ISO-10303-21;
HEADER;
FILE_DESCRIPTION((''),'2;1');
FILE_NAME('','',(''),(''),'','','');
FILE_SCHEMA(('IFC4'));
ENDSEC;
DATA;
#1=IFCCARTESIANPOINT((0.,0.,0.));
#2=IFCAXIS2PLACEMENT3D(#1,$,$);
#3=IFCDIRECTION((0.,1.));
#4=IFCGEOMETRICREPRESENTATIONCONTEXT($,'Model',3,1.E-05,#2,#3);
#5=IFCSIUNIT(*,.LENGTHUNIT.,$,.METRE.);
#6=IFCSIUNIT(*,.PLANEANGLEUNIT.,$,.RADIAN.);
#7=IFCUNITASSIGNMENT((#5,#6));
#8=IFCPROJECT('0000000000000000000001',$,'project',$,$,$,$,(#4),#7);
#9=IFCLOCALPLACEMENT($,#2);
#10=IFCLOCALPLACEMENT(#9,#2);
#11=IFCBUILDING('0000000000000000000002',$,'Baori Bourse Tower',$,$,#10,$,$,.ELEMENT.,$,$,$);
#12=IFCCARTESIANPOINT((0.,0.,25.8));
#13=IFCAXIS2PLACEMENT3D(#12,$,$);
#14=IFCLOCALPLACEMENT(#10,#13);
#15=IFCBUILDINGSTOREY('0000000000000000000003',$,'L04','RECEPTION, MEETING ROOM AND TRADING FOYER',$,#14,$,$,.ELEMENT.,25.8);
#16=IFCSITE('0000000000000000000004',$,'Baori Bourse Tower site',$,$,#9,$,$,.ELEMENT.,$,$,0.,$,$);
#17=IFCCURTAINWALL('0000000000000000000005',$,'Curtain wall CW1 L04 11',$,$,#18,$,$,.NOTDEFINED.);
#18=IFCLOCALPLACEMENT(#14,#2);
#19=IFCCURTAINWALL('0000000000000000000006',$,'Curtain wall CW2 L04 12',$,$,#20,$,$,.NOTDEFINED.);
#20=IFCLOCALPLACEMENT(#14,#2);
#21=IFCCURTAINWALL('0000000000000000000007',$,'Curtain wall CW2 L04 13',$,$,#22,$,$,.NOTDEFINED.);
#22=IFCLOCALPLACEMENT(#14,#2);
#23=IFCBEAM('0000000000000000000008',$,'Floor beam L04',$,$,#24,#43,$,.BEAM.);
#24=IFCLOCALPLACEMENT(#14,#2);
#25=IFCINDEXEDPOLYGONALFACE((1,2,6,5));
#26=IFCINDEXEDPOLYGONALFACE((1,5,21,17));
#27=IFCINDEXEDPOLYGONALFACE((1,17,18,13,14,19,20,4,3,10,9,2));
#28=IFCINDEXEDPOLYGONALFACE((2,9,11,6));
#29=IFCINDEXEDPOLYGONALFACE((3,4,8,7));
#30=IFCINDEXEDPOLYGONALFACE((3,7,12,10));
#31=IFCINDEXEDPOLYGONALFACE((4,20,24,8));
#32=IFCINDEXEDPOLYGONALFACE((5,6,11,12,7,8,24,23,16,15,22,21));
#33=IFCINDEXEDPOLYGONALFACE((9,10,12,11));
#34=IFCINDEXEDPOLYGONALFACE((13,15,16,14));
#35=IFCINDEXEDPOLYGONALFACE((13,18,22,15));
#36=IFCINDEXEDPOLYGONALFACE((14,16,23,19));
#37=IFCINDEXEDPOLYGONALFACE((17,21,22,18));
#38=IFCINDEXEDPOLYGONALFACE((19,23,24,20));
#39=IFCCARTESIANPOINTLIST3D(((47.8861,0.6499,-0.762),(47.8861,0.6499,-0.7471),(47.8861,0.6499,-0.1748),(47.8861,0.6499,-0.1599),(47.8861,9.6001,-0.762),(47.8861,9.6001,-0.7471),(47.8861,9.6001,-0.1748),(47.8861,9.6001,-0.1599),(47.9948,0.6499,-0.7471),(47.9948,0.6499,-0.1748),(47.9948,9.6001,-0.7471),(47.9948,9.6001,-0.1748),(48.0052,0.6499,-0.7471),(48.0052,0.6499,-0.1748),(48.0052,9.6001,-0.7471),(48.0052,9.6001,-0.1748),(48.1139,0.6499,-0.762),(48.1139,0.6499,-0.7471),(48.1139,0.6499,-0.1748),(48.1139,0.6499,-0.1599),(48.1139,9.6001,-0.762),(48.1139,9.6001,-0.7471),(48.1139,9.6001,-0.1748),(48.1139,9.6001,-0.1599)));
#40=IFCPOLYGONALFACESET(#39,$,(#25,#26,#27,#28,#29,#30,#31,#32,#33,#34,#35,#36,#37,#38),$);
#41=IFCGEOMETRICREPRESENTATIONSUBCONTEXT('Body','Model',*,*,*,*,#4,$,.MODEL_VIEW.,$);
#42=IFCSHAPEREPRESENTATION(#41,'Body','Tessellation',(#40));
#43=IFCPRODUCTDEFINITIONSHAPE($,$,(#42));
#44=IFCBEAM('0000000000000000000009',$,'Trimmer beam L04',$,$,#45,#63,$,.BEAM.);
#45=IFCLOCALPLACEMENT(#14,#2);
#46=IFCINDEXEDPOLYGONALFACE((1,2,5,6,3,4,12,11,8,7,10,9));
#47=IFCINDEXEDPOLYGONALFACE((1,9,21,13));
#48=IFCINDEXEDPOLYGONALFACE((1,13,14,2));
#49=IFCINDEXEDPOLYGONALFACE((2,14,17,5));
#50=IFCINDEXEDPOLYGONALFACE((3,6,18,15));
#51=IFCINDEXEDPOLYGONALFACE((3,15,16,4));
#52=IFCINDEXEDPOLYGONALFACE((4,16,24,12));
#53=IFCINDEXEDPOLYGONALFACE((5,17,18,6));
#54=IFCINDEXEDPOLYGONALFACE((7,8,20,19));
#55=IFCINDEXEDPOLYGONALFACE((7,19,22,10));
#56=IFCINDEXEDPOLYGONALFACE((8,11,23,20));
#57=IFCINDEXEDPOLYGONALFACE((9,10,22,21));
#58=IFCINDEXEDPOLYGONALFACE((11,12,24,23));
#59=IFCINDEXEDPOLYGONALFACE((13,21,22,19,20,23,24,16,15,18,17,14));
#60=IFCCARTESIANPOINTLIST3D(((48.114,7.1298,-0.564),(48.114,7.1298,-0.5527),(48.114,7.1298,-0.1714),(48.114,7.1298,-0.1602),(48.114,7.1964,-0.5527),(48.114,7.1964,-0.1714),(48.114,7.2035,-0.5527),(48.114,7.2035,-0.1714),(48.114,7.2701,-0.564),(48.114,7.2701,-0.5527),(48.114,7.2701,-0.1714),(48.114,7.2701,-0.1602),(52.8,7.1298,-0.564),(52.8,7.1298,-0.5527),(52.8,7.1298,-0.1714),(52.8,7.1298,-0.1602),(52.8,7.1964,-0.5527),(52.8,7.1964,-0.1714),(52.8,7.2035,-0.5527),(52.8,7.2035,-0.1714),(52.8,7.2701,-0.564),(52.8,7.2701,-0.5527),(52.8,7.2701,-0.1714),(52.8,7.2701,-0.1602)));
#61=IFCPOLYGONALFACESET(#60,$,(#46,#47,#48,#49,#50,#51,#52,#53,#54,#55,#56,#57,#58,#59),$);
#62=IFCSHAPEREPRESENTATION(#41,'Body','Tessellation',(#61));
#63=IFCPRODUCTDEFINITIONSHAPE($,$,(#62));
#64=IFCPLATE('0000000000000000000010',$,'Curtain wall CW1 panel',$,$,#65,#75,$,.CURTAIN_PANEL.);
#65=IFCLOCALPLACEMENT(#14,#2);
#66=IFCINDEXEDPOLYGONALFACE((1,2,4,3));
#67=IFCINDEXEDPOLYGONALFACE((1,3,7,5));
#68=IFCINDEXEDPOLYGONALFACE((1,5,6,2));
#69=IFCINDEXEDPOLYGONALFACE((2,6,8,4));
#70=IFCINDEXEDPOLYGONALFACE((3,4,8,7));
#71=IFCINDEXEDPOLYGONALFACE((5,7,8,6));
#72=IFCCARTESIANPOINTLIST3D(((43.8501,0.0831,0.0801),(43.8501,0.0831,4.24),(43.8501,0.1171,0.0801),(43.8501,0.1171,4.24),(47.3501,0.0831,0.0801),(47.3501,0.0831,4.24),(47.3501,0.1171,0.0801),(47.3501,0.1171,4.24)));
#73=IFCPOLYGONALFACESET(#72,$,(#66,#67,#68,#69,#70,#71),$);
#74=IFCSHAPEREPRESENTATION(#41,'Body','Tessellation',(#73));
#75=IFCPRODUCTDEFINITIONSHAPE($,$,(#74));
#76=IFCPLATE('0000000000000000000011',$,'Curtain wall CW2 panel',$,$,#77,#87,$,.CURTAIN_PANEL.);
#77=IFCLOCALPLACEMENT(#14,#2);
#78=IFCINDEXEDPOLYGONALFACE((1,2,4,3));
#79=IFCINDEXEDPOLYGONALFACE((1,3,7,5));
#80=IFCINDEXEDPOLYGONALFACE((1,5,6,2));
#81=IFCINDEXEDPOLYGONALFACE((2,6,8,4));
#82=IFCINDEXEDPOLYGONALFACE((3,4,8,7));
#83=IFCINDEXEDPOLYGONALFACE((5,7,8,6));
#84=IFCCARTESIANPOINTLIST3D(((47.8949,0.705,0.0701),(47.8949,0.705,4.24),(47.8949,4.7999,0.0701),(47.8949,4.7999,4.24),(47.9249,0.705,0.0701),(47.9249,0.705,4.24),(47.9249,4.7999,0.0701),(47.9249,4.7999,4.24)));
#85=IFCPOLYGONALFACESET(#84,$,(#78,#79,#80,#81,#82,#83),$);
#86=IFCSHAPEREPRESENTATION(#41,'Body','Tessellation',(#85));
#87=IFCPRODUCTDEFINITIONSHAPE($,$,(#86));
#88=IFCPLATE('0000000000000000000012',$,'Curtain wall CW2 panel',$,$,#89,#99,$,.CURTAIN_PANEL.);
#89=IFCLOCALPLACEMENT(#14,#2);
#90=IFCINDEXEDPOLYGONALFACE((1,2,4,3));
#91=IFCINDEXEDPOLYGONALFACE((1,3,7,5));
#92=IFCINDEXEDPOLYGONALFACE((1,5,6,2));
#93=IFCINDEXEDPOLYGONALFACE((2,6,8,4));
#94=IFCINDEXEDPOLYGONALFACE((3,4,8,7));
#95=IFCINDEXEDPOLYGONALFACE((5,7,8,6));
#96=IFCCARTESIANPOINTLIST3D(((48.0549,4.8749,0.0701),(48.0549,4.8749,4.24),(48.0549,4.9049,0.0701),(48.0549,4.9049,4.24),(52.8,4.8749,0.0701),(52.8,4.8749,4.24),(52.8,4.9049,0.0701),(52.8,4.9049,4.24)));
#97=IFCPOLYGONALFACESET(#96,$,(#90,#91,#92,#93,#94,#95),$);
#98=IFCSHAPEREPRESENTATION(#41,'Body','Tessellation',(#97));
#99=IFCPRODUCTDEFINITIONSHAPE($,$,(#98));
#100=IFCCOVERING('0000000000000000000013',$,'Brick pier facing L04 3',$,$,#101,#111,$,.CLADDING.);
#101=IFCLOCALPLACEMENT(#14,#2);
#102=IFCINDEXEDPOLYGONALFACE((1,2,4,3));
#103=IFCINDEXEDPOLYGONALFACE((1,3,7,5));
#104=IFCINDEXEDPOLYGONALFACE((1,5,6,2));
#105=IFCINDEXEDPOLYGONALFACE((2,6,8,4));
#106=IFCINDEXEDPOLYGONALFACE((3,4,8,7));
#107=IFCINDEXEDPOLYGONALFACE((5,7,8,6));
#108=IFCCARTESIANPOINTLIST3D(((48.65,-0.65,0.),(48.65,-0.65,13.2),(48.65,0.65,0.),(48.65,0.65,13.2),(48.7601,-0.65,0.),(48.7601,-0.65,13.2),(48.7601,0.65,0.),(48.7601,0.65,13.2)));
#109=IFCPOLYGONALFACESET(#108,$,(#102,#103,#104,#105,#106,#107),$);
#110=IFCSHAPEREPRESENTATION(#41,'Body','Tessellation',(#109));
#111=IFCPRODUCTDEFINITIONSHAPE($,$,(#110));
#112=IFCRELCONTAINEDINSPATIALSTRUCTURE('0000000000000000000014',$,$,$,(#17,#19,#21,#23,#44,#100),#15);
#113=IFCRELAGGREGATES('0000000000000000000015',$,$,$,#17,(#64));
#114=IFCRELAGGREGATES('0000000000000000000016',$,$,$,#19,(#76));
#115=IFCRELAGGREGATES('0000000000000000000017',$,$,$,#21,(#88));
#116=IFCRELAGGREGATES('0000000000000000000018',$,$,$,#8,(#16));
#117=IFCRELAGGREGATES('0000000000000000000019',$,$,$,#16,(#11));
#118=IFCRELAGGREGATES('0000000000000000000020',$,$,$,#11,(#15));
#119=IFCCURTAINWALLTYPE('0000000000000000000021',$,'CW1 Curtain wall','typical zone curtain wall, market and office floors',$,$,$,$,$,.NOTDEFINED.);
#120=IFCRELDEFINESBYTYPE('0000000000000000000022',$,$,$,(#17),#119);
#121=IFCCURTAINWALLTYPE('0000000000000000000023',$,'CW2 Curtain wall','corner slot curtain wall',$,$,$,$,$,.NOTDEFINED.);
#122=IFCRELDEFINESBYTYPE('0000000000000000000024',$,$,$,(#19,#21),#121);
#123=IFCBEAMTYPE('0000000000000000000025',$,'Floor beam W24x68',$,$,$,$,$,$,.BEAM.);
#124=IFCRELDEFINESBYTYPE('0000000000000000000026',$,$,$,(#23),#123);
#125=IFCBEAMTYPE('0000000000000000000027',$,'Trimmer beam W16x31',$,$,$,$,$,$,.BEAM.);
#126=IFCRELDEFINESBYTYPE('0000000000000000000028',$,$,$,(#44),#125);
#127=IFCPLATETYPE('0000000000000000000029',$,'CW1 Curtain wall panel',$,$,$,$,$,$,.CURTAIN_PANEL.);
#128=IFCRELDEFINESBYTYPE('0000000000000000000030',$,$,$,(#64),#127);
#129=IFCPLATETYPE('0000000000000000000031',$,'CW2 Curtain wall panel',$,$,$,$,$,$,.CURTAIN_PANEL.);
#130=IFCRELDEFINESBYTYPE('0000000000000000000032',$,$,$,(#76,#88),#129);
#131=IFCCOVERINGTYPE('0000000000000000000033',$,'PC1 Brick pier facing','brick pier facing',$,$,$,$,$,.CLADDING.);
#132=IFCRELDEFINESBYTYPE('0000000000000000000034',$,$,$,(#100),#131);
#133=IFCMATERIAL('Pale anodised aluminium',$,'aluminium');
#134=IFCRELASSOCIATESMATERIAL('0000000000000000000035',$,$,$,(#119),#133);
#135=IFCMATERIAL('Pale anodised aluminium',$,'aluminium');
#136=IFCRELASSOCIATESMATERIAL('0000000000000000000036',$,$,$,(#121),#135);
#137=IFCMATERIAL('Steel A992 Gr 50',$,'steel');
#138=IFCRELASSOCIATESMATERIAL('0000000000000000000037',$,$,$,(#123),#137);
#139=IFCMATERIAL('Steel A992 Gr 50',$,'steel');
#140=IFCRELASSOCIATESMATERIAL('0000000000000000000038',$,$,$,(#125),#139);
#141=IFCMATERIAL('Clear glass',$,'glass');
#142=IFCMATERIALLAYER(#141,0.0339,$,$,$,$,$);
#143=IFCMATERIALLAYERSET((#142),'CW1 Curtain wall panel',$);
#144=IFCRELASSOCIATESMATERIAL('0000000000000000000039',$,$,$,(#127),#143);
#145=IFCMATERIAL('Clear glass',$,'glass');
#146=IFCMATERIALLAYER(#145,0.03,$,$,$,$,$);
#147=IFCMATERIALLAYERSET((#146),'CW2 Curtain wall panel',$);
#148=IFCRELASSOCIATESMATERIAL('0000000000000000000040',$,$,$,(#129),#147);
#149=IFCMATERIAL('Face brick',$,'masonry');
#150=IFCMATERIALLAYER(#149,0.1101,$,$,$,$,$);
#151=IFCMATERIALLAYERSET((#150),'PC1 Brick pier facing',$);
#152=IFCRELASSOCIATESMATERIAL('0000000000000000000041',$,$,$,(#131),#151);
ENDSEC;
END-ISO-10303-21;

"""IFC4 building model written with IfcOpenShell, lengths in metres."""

from ifc_helpers import new_model, si_unit, direction, frame, origin, origin_2d, place, context, subcontext, project, spatial, rectangle, i_section, extrude, material, layer, layer_set, material_profile, profile_set, type_object, element, aggregate, save


model = new_model("IFC4")

# Units and contexts
model_context = context("Model", 3, precision=1e-05, world=origin(), true_north=direction((0.0, 1.0)))
body_context = subcontext(model_context, "Body", "Model", "MODEL_VIEW")
ifc_project = project(units=[si_unit("LENGTHUNIT", "METRE"), si_unit("PLANEANGLEUNIT", "RADIAN")], contexts=[model_context])

# Site, building, storey
site_placement = place(None, origin())
site = spatial("IfcSite", under=ifc_project, at=site_placement, Name="Baori Bourse Tower site", CompositionType="ELEMENT", RefElevation=0.0)
building_placement = place(site_placement, origin())
building = spatial("IfcBuilding", under=site, at=building_placement, Name="Baori Bourse Tower", CompositionType="ELEMENT")
storey_placement = place(building_placement, frame((0.0, 0.0, 25.8)))
storey = spatial("IfcBuildingStorey", under=building, at=storey_placement, Name="L04", Description="RECEPTION, MEETING ROOM AND TRADING FOYER", CompositionType="ELEMENT", Elevation=25.8)

# Curtain walls
ifc_material_1 = material(Name="Pale anodised aluminium", Category="aluminium")
curtain_wall_type_1 = type_object("IfcCurtainWallType", Name="CW1 Curtain wall", Description="typical zone curtain wall, market and office floors", PredefinedType="NOTDEFINED", material=ifc_material_1)
curtain_wall_1_placement = place(storey_placement, origin())
curtain_wall_1 = element("IfcCurtainWall", 1, at=curtain_wall_1_placement, inside=storey, type_object=curtain_wall_type_1, Name="Curtain wall CW1 L04 11", PredefinedType="NOTDEFINED")
ifc_material_2 = material(Name="Pale anodised aluminium", Category="aluminium")
curtain_wall_type_2 = type_object("IfcCurtainWallType", Name="CW2 Curtain wall", Description="corner slot curtain wall", PredefinedType="NOTDEFINED", material=ifc_material_2)
curtain_wall_2_placement = place(storey_placement, origin())
curtain_wall_2 = element("IfcCurtainWall", 2, at=curtain_wall_2_placement, inside=storey, type_object=curtain_wall_type_2, Name="Curtain wall CW2 L04 12", PredefinedType="NOTDEFINED")
curtain_wall_3_placement = place(storey_placement, origin())
curtain_wall_3 = element("IfcCurtainWall", 3, at=curtain_wall_3_placement, inside=storey, type_object=curtain_wall_type_2, Name="Curtain wall CW2 L04 13", PredefinedType="NOTDEFINED")

# Beams
ifc_material_3 = material(Name="Steel A992 Gr 50", Category="steel")
ifc_material_profile_1 = material_profile(ifc_material_3, i_section(OverallWidth=0.2278, OverallDepth=0.6021, WebThickness=0.0105, FlangeThickness=0.0149, at=origin_2d()), Name="W24x68")
ifc_profile_set_1 = profile_set([ifc_material_profile_1], Name="Steel A992 Gr 50")
beam_type_1 = type_object("IfcBeamType", Name="Floor beam W24x68", PredefinedType="BEAM", material=ifc_profile_set_1)
beam_1_placement = place(storey_placement, frame((48.0, 0.6499, -0.4609), z_axis=(0.0, 1.0, 0.0), x_axis=(-1.0, 0.0, 0.0)))
element("IfcBeam", 4, at=beam_1_placement, inside=storey, type_object=beam_type_1, Name="Floor beam L04", PredefinedType="BEAM", context=body_context, shape_type="SweptSolid", body=[
    extrude(i_section(OverallWidth=0.2278, OverallDepth=0.6021, WebThickness=0.0105, FlangeThickness=0.0149, at=origin_2d()), origin(), (0.0, 0.0, 1.0), 8.9502),
])
ifc_material_4 = material(Name="Steel A992 Gr 50", Category="steel")
ifc_material_profile_2 = material_profile(ifc_material_4, i_section(OverallWidth=0.1404, OverallDepth=0.4038, WebThickness=0.0071, FlangeThickness=0.0112, at=origin_2d()), Name="W16x31")
ifc_profile_set_2 = profile_set([ifc_material_profile_2], Name="Steel A992 Gr 50")
beam_type_2 = type_object("IfcBeamType", Name="Trimmer beam W16x31", PredefinedType="BEAM", material=ifc_profile_set_2)
beam_2_placement = place(storey_placement, frame((48.114, 7.2, -0.3621), z_axis=(1.0, 0.0, 0.0), x_axis=(0.0, 1.0, 0.0)))
element("IfcBeam", 5, at=beam_2_placement, inside=storey, type_object=beam_type_2, Name="Trimmer beam L04", PredefinedType="BEAM", context=body_context, shape_type="SweptSolid", body=[
    extrude(i_section(OverallWidth=0.1404, OverallDepth=0.4038, WebThickness=0.0071, FlangeThickness=0.0112, at=origin_2d()), origin(), (0.0, 0.0, 1.0), 4.686),
])

# Plates
ifc_material_5 = material(Name="Clear glass", Category="glass")
ifc_layer_1 = layer(ifc_material_5, 0.0339)
ifc_layer_set_1 = layer_set([ifc_layer_1], Name="CW1 Curtain wall panel")
plate_type_1 = type_object("IfcPlateType", Name="CW1 Curtain wall panel", PredefinedType="CURTAIN_PANEL", material=ifc_layer_set_1)
plate_1_placement = place(storey_placement, frame((45.6001, 0.1001, 0.0801), z_axis=(0.0, 0.0, 1.0), x_axis=(1.0, 0.0, 0.0)))
plate_1 = element("IfcPlate", 6, at=plate_1_placement, type_object=plate_type_1, Name="Curtain wall CW1 panel", PredefinedType="CURTAIN_PANEL", context=body_context, shape_type="SweptSolid", body=[
    extrude(rectangle(XDim=3.5, YDim=0.0339, at=origin_2d()), origin(), (0.0, 0.0, 1.0), 4.1599),
])
aggregate(curtain_wall_1, [plate_1])
ifc_material_6 = material(Name="Clear glass", Category="glass")
ifc_layer_2 = layer(ifc_material_6, 0.03)
ifc_layer_set_2 = layer_set([ifc_layer_2], Name="CW2 Curtain wall panel")
plate_type_2 = type_object("IfcPlateType", Name="CW2 Curtain wall panel", PredefinedType="CURTAIN_PANEL", material=ifc_layer_set_2)
plate_2_placement = place(storey_placement, frame((47.9099, 2.7524, 0.0701), z_axis=(0.0, 0.0, 1.0), x_axis=(0.0, 1.0, 0.0)))
plate_2 = element("IfcPlate", 7, at=plate_2_placement, type_object=plate_type_2, Name="Curtain wall CW2 panel", PredefinedType="CURTAIN_PANEL", context=body_context, shape_type="SweptSolid", body=[
    extrude(rectangle(XDim=4.095, YDim=0.03, at=origin_2d()), origin(), (0.0, 0.0, 1.0), 4.1699),
])
aggregate(curtain_wall_2, [plate_2])
plate_3_placement = place(storey_placement, frame((50.4275, 4.8899, 0.0701), z_axis=(0.0, 0.0, 1.0), x_axis=(1.0, 0.0, 0.0)))
plate_3 = element("IfcPlate", 8, at=plate_3_placement, type_object=plate_type_2, Name="Curtain wall CW2 panel", PredefinedType="CURTAIN_PANEL", context=body_context, shape_type="SweptSolid", body=[
    extrude(rectangle(XDim=4.7451, YDim=0.03, at=origin_2d()), origin(), (0.0, 0.0, 1.0), 4.1699),
])
aggregate(curtain_wall_3, [plate_3])

# Covering
ifc_material_7 = material(Name="Face brick", Category="masonry")
ifc_layer_3 = layer(ifc_material_7, 0.1101)
ifc_layer_set_3 = layer_set([ifc_layer_3], Name="PC1 Brick pier facing")
covering_type = type_object("IfcCoveringType", Name="PC1 Brick pier facing", Description="brick pier facing", PredefinedType="CLADDING", material=ifc_layer_set_3)
covering_placement = place(storey_placement, frame((48.7051, 0.0, 0.0), z_axis=(0.0, 0.0, 1.0), x_axis=(1.0, 0.0, 0.0)))
element("IfcCovering", 9, at=covering_placement, inside=storey, type_object=covering_type, Name="Brick pier facing L04 3", PredefinedType="CLADDING", context=body_context, shape_type="SweptSolid", body=[
    extrude(rectangle(XDim=0.1101, YDim=1.3, at=origin_2d()), origin(), (0.0, 0.0, 1.0), 13.2),
])

save(model, "model.ifc")
